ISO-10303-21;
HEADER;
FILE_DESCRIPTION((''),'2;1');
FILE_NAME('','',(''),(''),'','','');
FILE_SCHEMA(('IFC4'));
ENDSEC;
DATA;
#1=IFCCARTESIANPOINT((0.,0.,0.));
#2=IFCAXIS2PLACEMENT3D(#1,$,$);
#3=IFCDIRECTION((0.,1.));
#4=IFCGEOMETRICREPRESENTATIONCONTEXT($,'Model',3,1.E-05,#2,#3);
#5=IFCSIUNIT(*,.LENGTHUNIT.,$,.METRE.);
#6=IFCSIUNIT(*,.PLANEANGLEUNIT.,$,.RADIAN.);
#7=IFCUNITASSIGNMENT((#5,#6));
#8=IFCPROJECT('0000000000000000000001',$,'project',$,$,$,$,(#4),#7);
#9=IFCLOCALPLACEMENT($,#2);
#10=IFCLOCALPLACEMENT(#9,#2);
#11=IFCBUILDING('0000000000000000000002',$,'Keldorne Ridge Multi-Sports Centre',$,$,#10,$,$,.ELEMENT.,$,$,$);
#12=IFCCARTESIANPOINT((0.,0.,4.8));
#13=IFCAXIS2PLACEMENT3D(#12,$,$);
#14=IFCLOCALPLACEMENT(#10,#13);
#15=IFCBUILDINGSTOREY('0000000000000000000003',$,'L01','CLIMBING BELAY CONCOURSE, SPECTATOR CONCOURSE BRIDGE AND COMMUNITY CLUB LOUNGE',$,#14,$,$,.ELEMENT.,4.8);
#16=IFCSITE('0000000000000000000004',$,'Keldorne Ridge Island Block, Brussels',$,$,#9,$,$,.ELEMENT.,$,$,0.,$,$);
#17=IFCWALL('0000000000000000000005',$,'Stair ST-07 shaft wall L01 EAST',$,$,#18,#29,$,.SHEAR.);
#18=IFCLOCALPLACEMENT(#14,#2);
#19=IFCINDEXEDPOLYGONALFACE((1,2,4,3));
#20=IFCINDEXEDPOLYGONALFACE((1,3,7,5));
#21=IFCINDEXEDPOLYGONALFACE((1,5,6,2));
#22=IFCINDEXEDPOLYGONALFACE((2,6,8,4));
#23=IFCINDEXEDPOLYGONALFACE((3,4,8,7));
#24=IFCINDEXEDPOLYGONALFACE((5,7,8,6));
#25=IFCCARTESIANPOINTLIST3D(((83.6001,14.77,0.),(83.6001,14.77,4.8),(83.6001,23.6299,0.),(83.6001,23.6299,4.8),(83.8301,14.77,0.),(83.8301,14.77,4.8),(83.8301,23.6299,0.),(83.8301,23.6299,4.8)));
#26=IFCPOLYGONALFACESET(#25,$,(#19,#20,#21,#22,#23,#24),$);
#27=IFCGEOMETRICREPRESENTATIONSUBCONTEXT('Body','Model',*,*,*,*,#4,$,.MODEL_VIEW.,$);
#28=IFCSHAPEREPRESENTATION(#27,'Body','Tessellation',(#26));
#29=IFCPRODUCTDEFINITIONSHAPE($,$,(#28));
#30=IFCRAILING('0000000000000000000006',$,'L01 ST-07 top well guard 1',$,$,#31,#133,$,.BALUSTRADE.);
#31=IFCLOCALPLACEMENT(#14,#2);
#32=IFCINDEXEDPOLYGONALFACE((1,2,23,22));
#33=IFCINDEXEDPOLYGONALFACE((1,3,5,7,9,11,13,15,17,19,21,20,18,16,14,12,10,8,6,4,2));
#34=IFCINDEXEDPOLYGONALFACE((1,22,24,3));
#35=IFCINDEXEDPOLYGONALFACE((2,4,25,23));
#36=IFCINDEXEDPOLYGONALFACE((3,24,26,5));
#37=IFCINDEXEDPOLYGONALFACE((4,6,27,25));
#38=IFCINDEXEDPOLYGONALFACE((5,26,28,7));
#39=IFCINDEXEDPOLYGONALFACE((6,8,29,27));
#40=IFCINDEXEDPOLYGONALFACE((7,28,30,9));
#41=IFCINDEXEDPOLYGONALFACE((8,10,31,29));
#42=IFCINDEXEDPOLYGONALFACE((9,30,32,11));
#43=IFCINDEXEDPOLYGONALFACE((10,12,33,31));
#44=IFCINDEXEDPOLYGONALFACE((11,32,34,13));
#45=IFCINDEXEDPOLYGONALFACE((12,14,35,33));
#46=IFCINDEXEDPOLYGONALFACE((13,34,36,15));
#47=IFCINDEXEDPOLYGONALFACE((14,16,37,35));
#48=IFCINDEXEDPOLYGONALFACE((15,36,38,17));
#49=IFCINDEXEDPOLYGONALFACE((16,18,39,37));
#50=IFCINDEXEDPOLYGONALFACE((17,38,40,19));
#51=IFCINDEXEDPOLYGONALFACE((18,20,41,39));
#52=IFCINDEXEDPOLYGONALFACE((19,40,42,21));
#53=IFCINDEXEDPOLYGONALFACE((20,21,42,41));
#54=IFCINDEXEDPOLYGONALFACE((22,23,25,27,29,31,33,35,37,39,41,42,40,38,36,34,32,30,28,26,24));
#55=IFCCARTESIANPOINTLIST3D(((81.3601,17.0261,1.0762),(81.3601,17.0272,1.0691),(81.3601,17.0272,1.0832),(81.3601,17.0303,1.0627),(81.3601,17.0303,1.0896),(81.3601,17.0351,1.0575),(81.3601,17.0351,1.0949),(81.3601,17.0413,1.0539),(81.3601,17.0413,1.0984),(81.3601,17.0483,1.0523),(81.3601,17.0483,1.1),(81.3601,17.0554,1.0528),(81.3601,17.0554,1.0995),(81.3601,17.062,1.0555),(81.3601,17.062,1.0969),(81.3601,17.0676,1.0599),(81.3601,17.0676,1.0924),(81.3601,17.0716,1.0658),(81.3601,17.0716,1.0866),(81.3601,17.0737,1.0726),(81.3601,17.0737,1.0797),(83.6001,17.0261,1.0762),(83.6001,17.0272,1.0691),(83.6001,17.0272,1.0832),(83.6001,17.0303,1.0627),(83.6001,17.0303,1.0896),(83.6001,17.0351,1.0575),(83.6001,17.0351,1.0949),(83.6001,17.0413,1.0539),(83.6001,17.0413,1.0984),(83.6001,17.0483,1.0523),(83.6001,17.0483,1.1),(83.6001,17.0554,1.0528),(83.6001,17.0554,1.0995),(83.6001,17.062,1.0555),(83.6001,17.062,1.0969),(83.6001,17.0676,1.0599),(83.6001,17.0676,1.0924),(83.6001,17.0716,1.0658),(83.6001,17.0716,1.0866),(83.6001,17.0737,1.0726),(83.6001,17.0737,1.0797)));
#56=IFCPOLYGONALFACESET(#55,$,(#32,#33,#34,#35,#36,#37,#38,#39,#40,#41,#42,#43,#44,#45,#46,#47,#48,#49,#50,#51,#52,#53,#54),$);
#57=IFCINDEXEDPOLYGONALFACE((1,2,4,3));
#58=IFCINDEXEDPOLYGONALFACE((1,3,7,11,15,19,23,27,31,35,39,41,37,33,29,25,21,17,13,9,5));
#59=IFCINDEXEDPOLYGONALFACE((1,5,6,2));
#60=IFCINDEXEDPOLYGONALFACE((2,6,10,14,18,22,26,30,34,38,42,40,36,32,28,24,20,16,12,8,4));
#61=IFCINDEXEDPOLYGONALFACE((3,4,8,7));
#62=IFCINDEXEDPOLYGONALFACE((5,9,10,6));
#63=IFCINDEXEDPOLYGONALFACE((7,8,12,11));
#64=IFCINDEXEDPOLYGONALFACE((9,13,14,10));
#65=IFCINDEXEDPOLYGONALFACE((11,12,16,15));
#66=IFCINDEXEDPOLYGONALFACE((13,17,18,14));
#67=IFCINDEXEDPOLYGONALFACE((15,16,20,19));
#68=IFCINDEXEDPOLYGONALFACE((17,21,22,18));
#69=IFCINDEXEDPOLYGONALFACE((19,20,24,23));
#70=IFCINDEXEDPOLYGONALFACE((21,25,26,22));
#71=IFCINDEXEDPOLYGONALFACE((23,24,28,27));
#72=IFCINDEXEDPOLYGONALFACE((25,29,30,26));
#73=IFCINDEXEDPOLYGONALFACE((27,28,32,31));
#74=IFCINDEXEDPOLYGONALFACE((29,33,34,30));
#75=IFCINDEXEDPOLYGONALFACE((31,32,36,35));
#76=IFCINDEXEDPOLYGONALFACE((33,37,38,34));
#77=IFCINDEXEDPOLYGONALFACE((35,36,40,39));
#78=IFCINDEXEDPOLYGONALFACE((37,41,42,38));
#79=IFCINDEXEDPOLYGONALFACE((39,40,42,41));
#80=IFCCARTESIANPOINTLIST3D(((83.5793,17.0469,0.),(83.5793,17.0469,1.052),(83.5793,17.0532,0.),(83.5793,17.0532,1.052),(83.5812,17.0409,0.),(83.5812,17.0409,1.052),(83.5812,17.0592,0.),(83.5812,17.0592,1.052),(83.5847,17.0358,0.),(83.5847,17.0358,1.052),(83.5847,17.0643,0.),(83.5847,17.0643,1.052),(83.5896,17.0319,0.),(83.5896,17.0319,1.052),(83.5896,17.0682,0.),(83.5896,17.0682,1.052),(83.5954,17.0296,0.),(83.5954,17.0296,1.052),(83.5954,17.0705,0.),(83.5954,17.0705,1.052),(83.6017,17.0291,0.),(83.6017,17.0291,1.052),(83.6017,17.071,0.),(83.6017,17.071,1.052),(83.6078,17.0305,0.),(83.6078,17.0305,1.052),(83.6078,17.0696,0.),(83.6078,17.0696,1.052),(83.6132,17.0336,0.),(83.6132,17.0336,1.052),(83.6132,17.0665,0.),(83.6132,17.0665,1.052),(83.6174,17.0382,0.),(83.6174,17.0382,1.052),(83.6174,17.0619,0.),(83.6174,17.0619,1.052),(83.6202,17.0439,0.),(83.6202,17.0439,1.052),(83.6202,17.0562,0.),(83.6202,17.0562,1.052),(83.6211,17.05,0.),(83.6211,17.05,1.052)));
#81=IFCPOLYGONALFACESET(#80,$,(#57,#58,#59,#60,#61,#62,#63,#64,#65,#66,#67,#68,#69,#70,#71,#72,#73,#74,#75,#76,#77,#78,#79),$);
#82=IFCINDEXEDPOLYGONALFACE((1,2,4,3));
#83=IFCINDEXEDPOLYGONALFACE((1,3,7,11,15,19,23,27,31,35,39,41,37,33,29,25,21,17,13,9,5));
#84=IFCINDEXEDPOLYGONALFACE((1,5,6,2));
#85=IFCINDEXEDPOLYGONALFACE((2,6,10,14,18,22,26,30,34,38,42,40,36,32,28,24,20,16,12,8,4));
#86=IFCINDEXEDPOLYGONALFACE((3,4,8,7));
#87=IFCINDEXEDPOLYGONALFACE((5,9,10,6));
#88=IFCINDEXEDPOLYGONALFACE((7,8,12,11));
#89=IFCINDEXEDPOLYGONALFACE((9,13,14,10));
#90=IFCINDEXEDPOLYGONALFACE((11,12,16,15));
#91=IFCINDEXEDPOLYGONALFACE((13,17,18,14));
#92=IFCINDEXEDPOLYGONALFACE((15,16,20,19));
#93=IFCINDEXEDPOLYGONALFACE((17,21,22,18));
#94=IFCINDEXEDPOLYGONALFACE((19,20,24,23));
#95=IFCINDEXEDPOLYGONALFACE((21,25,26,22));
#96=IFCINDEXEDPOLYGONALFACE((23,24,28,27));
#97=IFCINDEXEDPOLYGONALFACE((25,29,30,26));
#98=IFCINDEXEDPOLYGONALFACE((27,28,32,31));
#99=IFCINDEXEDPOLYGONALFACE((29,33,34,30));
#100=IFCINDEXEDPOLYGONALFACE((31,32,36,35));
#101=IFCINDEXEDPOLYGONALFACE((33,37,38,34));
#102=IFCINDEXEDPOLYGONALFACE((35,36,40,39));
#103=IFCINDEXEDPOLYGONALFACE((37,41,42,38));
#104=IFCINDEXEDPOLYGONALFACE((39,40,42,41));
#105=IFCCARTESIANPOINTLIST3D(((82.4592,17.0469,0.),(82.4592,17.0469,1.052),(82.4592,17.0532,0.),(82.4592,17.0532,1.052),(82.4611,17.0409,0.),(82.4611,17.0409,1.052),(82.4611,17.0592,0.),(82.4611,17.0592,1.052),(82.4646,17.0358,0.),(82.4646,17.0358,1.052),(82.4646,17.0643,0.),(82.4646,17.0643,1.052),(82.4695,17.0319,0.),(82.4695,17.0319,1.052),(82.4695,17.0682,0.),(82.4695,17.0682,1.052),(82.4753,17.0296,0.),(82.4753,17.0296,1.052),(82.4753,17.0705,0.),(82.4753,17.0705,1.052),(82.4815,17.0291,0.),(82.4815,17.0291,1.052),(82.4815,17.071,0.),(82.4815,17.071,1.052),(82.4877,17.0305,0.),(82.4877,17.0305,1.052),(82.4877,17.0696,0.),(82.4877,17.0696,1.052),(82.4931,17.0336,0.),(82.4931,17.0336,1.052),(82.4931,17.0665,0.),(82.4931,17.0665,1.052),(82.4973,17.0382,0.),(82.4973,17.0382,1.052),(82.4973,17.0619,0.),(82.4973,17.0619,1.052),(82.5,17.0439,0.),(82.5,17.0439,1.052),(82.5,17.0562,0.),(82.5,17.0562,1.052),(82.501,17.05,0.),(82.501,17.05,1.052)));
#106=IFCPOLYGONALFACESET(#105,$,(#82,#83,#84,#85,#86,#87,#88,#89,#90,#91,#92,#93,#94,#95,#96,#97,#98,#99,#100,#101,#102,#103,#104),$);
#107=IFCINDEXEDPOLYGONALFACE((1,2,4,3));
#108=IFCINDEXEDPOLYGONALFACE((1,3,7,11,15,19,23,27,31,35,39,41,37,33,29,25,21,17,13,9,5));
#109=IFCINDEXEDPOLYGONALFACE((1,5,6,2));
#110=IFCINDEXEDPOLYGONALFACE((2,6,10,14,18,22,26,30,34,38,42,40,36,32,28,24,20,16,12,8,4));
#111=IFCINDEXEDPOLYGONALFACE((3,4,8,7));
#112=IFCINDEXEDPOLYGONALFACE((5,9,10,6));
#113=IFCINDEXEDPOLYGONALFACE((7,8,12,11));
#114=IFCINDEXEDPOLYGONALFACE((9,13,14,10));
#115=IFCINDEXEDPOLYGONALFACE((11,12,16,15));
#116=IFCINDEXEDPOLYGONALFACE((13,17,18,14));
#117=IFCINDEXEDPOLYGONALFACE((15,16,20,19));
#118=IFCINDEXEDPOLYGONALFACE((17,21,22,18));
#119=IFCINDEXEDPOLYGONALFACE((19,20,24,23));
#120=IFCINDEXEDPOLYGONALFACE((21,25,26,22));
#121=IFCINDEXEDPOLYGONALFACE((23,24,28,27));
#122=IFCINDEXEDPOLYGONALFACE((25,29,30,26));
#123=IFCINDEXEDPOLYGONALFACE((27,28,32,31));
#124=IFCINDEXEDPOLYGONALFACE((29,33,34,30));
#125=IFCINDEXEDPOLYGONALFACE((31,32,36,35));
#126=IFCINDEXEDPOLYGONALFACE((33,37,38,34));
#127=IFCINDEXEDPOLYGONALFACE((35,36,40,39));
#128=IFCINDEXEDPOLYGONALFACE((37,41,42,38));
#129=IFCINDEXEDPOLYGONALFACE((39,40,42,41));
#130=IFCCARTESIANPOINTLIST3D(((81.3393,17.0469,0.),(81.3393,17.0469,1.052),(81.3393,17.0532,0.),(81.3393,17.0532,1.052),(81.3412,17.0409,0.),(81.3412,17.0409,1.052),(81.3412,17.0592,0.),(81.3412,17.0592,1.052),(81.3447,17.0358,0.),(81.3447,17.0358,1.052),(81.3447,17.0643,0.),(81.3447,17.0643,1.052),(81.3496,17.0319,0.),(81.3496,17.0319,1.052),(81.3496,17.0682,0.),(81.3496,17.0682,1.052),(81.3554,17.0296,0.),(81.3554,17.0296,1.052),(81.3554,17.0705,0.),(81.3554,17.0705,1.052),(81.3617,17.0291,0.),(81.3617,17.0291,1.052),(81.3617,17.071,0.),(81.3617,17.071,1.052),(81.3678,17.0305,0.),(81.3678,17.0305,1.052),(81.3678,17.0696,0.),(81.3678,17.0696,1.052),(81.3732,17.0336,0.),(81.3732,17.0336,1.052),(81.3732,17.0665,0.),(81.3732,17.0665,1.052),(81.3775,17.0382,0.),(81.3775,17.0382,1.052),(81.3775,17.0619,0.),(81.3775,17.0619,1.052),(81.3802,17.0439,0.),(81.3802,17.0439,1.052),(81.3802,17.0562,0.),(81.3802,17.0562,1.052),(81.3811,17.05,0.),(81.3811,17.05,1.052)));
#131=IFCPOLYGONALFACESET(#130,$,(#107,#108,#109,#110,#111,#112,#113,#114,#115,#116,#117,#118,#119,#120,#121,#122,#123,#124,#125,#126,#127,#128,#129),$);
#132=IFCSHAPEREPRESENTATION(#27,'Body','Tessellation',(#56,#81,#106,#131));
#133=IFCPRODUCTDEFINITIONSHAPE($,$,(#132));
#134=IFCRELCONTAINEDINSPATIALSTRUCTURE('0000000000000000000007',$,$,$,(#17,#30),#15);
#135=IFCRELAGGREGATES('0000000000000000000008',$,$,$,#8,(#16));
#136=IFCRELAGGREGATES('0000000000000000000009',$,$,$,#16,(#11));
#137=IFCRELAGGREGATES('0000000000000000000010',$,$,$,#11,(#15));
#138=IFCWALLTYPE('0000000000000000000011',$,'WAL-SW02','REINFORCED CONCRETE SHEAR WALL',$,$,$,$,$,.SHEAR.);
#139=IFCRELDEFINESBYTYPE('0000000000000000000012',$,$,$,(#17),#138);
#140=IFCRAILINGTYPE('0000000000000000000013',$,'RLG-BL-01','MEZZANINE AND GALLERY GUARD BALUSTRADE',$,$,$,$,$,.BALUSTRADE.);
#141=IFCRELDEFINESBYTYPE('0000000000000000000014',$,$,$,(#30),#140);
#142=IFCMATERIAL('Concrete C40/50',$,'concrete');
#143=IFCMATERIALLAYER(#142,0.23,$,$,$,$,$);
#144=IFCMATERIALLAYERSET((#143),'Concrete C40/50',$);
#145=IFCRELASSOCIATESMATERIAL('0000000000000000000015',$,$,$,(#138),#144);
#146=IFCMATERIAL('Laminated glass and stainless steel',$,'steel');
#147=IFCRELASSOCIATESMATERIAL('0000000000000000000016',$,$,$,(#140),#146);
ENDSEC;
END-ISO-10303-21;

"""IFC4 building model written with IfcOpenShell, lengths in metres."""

from ifc_helpers import new_model, si_unit, direction, frame, frame_2d, origin, origin_2d, place, context, subcontext, project, spatial, rectangle, circle, extrude, material, layer, layer_set, type_object, element, save


model = new_model("IFC4")

# Units and contexts
model_context = context("Model", 3, precision=1e-05, world=origin(), true_north=direction((0.0, 1.0)))
body_context = subcontext(model_context, "Body", "Model", "MODEL_VIEW")
ifc_project = project(units=[si_unit("LENGTHUNIT", "METRE"), si_unit("PLANEANGLEUNIT", "RADIAN")], contexts=[model_context])

# Site, building, storey
site_placement = place(None, origin())
site = spatial("IfcSite", under=ifc_project, at=site_placement, Name="Keldorne Ridge Island Block, Brussels", CompositionType="ELEMENT", RefElevation=0.0)
building_placement = place(site_placement, origin())
building = spatial("IfcBuilding", under=site, at=building_placement, Name="Keldorne Ridge Multi-Sports Centre", CompositionType="ELEMENT")
storey_placement = place(building_placement, frame((0.0, 0.0, 4.8)))
storey = spatial("IfcBuildingStorey", under=building, at=storey_placement, Name="L01", Description="CLIMBING BELAY CONCOURSE, SPECTATOR CONCOURSE BRIDGE AND COMMUNITY CLUB LOUNGE", CompositionType="ELEMENT", Elevation=4.8)

# Shared definitions
ifc_material_1 = material(Name="Concrete C40/50", Category="concrete")
ifc_layer_1 = layer(ifc_material_1, 0.23)
ifc_layer_set_1 = layer_set([ifc_layer_1], Name="Concrete C40/50")
wall_type = type_object("IfcWallType", Name="WAL-SW02", Description="REINFORCED CONCRETE SHEAR WALL", PredefinedType="SHEAR", material=ifc_layer_set_1)

# Wall
wall_1_placement = place(storey_placement, frame((83.7151, 23.6299, 0.0), z_axis=(0.0, 0.0, 1.0), x_axis=(0.0, -1.0, 0.0)))
element("IfcWall", 1, at=wall_1_placement, inside=storey, type_object=wall_type, Name="Stair ST-07 shaft wall L01 EAST", PredefinedType="SHEAR", context=body_context, shape_type="SweptSolid", body=[
    extrude(rectangle(XDim=8.8599, YDim=0.23, at=frame_2d((4.4299, 0.0))), origin(), (0.0, 0.0, 1.0), 4.8),
])

# Railing
ifc_material_2 = material(Name="Laminated glass and stainless steel", Category="steel")
railing_type_1 = type_object("IfcRailingType", Name="RLG-BL-01", Description="MEZZANINE AND GALLERY GUARD BALUSTRADE", PredefinedType="BALUSTRADE", material=ifc_material_2)
railing_1_placement = place(storey_placement, frame((83.6001, 17.05, 0.0)))
element("IfcRailing", 2, at=railing_1_placement, inside=storey, type_object=railing_type_1, Name="L01 ST-07 top well guard 1", PredefinedType="BALUSTRADE", context=body_context, shape_type="SweptSolid", body=[
    extrude(circle(Radius=0.0239, at=origin_2d()), frame((0.0, 0.0, 1.0762), z_axis=(-1.0, 0.0, 0.0), x_axis=(0.0, -1.0, 0.0)), (0.0, 0.0, 1.0), 2.24),
    extrude(circle(Radius=0.021, at=origin_2d()), origin(), (0.0, 0.0, 1.0), 1.052),
    extrude(circle(Radius=0.021, at=origin_2d()), frame((-1.1201, 0.0, 0.0)), (0.0, 0.0, 1.0), 1.052),
    extrude(circle(Radius=0.021, at=origin_2d()), frame((-2.24, 0.0, 0.0)), (0.0, 0.0, 1.0), 1.052),
])

save(model, "model.ifc")
